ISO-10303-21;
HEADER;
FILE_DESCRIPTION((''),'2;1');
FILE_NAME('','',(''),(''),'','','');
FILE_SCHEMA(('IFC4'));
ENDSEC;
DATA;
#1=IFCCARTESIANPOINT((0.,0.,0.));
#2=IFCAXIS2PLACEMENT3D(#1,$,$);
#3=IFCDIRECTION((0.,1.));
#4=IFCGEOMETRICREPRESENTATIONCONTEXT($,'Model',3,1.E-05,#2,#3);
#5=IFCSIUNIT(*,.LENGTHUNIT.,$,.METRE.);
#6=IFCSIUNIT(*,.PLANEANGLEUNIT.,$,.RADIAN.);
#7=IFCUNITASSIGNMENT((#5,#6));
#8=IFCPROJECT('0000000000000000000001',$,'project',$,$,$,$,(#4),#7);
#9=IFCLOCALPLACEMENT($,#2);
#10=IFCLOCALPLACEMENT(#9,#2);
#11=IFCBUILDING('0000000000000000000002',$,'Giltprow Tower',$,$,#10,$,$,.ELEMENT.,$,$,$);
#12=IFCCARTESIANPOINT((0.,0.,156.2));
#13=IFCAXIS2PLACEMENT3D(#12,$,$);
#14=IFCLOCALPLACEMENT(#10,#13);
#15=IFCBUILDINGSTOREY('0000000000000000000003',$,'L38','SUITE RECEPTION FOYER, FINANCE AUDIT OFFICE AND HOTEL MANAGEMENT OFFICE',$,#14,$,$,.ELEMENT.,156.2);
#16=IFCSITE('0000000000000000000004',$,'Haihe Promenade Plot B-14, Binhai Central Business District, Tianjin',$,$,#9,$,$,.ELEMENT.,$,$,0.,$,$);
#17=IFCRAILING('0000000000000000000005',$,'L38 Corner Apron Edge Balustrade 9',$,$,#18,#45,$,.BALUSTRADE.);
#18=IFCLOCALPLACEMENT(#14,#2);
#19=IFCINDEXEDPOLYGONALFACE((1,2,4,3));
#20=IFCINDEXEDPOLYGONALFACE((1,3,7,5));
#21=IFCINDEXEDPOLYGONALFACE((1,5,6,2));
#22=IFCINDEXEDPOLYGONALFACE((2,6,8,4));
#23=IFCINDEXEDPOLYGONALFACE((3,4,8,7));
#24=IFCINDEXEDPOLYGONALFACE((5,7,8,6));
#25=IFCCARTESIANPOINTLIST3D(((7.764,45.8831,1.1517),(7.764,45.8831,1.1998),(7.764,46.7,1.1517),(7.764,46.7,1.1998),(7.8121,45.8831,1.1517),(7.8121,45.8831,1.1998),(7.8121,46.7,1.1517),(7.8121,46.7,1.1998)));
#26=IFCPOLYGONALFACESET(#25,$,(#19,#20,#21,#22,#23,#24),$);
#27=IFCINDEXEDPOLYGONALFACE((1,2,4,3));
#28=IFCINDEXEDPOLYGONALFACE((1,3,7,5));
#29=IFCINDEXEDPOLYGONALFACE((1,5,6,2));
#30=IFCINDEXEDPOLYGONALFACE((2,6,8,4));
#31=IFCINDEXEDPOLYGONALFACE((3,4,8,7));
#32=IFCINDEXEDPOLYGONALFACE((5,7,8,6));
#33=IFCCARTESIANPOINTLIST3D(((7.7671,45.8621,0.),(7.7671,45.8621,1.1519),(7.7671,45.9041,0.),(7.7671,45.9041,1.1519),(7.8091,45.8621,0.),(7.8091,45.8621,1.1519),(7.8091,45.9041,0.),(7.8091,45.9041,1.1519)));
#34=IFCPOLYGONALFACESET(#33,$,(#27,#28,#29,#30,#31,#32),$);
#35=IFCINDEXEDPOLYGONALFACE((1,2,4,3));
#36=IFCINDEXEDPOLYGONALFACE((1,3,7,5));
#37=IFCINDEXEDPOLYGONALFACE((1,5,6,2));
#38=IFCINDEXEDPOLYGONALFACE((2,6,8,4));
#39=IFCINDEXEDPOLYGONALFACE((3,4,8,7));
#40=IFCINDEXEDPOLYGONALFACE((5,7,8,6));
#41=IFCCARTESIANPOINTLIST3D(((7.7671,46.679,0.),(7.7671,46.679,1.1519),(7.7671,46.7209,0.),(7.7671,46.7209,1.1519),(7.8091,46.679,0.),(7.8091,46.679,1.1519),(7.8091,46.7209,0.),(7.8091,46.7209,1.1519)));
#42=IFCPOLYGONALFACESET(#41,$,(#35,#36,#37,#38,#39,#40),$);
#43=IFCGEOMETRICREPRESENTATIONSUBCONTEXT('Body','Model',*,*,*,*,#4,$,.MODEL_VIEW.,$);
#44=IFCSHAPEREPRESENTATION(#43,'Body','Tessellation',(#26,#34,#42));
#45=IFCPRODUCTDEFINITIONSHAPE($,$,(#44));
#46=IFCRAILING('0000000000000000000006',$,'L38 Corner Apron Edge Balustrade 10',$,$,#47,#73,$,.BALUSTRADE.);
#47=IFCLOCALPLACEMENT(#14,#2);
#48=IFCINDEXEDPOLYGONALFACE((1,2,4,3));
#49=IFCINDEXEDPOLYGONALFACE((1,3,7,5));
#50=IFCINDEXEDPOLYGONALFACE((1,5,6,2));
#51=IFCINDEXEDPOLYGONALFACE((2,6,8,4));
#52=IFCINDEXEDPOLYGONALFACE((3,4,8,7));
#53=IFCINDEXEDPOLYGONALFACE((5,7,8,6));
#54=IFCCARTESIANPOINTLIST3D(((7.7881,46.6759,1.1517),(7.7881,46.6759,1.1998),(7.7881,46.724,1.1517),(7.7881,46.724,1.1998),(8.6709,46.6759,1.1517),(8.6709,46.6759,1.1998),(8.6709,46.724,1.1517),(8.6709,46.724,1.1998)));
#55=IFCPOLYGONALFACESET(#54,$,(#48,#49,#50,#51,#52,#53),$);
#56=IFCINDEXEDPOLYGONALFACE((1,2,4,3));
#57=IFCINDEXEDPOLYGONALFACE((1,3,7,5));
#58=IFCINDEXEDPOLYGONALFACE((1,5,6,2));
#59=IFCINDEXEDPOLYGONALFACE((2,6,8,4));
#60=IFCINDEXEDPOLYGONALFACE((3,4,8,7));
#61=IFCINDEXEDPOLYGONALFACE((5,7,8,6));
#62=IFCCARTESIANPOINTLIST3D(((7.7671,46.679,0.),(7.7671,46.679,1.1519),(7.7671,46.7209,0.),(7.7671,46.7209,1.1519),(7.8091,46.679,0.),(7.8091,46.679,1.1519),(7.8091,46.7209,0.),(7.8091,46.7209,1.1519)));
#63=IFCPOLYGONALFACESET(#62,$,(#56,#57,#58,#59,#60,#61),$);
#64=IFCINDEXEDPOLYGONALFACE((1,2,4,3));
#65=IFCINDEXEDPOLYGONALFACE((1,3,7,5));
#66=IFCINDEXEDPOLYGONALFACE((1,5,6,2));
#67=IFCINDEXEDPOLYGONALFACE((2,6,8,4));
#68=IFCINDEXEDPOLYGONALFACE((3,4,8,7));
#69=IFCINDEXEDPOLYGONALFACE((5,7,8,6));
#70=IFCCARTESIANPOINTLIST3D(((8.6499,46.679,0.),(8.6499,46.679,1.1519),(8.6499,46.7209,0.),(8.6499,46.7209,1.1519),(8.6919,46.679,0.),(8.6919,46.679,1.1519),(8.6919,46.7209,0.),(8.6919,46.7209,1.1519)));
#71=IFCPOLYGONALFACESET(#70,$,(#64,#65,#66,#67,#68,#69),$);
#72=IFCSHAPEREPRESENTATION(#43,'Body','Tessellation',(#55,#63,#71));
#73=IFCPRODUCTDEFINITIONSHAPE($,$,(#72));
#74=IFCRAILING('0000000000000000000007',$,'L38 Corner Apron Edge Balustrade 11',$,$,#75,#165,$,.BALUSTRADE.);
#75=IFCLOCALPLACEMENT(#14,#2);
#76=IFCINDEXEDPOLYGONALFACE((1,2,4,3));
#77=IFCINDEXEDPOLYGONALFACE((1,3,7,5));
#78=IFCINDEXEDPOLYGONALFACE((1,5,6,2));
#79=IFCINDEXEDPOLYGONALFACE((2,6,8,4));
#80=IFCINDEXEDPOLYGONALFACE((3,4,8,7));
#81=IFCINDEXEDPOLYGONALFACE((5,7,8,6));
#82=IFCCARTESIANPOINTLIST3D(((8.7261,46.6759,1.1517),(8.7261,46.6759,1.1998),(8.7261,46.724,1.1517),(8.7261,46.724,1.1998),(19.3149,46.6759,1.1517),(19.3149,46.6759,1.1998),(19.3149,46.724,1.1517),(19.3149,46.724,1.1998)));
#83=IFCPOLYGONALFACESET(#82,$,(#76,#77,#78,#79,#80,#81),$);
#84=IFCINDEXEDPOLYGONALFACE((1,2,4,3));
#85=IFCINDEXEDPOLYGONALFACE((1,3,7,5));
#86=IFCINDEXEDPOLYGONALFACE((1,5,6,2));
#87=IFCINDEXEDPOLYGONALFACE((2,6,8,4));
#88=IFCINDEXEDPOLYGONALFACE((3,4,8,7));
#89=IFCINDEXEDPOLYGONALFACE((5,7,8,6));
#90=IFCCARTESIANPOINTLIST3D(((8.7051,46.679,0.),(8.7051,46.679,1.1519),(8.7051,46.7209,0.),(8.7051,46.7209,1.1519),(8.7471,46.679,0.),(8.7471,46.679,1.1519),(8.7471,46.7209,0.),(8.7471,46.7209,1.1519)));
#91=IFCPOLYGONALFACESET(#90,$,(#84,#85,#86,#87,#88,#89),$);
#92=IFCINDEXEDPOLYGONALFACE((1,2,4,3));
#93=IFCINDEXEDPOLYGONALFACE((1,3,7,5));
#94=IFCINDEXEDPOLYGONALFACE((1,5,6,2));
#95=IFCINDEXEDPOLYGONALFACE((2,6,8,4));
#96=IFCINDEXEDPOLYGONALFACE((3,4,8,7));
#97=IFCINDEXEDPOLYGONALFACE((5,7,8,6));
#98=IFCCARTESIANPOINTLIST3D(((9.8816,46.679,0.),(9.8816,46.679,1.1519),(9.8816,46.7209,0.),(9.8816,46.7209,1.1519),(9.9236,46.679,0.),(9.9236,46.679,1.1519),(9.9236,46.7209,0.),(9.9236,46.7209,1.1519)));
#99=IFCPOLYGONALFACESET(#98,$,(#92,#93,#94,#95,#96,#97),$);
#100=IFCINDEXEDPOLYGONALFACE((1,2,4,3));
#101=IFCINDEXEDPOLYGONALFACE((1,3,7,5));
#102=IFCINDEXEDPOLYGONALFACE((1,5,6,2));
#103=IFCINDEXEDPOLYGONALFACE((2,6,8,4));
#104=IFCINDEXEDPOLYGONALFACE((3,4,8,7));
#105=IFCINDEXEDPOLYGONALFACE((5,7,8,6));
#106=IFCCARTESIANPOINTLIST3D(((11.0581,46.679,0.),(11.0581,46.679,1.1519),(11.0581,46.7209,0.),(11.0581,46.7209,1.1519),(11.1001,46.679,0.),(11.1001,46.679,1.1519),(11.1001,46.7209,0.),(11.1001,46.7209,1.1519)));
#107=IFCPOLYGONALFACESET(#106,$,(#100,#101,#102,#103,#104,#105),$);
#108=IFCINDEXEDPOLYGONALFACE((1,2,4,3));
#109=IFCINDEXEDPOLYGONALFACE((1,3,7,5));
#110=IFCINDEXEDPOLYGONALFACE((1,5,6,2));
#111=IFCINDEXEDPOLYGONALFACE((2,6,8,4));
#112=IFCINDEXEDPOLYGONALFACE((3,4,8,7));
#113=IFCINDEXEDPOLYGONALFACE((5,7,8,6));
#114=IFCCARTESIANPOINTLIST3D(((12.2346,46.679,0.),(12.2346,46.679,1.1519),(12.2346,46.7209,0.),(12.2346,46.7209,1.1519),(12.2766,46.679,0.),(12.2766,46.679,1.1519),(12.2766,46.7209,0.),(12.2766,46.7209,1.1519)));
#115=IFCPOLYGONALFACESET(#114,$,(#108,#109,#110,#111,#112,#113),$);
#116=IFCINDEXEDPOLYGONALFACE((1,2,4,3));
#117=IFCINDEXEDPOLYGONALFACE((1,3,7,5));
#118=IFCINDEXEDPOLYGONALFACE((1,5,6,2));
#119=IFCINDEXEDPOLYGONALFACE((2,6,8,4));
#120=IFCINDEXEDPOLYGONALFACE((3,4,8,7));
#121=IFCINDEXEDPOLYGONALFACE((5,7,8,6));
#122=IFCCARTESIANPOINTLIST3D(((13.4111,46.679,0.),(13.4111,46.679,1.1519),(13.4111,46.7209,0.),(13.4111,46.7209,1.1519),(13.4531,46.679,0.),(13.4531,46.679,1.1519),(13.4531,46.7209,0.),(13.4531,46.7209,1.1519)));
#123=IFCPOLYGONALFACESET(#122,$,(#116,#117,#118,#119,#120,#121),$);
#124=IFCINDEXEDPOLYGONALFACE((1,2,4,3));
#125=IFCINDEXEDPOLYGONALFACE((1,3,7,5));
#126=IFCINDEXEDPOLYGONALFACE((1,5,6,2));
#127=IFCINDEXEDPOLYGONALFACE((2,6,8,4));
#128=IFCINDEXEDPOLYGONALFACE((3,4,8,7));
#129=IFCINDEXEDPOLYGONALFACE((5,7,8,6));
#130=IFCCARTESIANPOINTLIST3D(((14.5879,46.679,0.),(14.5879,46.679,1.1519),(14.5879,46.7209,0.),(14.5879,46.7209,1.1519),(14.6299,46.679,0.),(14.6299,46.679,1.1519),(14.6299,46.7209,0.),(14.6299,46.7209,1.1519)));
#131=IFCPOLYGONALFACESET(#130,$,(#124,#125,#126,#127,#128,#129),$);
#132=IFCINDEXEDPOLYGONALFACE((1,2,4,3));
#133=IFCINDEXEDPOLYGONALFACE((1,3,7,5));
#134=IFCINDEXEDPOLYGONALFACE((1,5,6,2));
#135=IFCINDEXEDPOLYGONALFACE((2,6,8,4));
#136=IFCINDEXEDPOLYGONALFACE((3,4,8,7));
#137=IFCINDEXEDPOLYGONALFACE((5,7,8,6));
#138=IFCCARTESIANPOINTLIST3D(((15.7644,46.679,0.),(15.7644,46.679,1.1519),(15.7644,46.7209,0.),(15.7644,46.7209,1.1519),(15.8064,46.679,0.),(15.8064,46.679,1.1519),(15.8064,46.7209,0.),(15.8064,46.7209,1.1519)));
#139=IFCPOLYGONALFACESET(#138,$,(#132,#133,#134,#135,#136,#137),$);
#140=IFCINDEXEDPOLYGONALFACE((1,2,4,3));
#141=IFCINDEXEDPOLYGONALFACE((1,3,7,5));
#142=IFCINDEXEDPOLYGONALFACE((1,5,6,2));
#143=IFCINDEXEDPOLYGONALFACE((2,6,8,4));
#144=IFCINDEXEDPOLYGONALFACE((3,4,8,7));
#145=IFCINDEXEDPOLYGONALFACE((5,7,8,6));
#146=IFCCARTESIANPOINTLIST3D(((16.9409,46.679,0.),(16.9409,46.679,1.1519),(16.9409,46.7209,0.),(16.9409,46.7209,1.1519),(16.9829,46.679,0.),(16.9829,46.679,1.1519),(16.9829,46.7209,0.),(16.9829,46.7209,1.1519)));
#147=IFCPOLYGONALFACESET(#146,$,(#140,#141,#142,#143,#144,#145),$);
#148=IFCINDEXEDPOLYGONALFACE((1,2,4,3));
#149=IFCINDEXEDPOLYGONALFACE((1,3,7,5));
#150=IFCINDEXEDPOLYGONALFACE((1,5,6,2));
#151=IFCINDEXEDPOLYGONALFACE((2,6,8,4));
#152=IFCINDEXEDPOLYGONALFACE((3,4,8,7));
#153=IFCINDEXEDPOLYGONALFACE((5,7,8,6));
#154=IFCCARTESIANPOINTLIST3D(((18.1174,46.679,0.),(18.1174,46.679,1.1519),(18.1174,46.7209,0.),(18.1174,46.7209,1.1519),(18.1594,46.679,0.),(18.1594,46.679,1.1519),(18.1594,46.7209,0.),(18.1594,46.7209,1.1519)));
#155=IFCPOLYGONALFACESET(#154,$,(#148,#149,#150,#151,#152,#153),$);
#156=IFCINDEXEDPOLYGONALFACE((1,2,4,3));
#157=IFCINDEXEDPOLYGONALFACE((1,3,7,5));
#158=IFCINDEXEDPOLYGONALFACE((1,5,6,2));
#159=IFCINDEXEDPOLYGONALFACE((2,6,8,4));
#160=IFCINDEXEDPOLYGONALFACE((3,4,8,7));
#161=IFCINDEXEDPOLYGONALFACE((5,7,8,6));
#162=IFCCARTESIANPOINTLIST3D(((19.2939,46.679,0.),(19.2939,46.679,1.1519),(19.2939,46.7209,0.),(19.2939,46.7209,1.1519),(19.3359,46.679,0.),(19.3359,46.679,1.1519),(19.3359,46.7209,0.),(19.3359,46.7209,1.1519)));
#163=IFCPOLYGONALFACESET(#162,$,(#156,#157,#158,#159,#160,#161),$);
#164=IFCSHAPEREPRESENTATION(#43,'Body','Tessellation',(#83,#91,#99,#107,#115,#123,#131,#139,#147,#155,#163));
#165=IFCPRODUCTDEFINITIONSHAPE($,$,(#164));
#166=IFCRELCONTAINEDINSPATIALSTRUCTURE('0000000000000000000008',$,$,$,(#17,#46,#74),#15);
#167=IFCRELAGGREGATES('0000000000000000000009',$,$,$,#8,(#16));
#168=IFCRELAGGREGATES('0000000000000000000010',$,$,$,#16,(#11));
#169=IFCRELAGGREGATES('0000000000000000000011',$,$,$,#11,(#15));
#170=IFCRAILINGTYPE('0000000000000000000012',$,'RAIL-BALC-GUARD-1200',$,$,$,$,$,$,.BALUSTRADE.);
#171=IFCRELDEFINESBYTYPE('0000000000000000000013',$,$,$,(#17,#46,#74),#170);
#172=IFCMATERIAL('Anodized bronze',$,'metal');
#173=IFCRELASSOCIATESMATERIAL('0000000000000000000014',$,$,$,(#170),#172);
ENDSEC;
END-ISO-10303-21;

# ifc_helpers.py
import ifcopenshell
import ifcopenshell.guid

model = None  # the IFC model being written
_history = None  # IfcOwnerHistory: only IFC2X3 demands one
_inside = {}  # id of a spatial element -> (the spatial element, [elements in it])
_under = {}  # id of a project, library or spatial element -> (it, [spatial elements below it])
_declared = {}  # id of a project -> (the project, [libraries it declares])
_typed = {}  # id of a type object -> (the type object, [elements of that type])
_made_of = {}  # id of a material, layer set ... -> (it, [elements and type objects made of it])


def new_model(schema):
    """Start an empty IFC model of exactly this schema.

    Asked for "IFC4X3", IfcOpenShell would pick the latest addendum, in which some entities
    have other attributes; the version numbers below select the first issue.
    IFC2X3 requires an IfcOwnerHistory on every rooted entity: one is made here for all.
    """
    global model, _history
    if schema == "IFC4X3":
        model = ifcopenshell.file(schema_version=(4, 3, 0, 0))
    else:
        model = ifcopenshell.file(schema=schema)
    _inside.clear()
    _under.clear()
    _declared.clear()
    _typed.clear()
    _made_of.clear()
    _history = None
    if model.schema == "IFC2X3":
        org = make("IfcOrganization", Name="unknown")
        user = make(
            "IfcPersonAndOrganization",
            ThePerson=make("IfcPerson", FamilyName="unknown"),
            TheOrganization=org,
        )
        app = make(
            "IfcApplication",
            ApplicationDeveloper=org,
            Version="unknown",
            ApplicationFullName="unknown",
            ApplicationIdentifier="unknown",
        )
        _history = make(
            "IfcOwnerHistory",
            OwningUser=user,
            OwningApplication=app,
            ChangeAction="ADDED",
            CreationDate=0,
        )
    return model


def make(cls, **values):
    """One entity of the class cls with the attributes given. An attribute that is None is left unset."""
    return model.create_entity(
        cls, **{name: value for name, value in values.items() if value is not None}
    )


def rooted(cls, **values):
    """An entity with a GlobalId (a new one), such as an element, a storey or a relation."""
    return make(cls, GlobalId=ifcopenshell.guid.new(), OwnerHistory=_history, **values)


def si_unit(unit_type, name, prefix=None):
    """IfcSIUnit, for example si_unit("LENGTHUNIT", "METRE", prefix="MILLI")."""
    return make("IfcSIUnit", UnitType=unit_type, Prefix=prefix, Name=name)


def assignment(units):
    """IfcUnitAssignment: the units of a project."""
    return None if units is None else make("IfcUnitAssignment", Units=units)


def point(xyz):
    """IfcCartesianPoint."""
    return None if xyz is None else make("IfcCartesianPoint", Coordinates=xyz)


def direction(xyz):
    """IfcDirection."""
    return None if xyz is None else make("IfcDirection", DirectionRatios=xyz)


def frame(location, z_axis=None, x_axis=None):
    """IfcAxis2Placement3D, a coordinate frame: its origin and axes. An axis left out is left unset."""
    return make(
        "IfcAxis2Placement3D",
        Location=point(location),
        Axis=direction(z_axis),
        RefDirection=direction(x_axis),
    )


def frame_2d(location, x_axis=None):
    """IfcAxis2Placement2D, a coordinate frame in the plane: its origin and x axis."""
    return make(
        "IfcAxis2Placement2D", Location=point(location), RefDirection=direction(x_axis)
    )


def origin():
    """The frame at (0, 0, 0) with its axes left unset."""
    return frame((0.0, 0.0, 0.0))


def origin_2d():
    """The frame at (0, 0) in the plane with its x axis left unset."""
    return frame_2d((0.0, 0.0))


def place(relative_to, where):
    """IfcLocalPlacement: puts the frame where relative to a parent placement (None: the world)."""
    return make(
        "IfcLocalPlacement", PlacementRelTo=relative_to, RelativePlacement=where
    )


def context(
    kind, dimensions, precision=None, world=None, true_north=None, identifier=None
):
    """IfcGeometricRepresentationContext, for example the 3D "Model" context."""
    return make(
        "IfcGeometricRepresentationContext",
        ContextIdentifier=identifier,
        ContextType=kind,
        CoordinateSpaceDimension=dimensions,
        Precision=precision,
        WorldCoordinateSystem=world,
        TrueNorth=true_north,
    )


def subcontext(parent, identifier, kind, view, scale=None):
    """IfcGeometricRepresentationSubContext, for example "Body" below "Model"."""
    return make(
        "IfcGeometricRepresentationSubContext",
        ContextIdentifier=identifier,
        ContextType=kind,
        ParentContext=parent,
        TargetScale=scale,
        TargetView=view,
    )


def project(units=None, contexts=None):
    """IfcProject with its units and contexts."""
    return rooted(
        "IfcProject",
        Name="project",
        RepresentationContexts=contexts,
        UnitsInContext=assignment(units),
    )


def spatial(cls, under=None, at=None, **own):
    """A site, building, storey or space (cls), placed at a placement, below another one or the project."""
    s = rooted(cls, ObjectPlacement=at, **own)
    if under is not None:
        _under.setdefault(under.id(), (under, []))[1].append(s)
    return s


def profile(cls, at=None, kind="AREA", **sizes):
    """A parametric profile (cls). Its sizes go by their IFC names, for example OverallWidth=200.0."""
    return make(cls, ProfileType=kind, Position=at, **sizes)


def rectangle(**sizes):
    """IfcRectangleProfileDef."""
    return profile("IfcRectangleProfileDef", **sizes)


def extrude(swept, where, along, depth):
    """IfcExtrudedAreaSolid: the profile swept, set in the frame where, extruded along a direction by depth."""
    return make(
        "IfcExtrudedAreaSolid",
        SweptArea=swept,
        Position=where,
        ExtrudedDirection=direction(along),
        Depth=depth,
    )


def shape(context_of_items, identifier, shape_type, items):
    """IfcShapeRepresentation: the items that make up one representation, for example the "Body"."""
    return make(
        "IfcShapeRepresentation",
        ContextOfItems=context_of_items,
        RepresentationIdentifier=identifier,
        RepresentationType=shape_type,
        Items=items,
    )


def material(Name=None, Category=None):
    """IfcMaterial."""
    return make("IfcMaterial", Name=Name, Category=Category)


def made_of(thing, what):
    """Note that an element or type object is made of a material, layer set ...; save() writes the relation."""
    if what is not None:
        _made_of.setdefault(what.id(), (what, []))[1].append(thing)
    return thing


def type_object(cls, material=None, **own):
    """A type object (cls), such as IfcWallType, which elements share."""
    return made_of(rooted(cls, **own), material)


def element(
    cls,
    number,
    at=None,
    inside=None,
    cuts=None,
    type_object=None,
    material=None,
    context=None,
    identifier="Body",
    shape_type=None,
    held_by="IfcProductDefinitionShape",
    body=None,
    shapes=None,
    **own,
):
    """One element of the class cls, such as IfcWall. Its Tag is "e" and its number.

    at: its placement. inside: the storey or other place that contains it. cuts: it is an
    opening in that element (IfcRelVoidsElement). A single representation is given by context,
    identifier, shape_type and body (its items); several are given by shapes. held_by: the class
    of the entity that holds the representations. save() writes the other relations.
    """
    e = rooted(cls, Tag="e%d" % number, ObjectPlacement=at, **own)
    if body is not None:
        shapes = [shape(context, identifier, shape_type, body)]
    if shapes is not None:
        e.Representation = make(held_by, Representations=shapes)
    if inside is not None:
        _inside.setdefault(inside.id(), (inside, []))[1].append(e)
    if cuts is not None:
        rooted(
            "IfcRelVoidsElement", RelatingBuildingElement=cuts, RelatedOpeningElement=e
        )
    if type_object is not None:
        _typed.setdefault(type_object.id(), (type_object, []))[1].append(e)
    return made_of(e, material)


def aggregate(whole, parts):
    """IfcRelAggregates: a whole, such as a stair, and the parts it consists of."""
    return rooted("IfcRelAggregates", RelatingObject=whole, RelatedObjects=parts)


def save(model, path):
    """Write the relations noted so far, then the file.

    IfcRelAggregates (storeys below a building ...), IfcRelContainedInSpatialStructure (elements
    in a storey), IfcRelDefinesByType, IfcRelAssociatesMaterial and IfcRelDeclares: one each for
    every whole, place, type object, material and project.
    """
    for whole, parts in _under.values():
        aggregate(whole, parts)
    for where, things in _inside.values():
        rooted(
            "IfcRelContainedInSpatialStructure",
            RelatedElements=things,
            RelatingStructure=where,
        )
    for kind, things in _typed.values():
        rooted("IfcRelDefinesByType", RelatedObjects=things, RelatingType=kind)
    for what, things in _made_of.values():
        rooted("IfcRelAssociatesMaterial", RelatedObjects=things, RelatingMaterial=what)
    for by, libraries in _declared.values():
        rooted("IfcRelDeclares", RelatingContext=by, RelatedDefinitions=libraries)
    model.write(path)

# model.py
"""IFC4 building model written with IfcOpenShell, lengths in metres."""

from ifc_helpers import new_model, si_unit, direction, frame, origin, origin_2d, place, context, subcontext, project, spatial, rectangle, extrude, material, type_object, element, save


model = new_model("IFC4")

# Units and contexts
model_context = context("Model", 3, precision=1e-05, world=origin(), true_north=direction((0.0, 1.0)))
body_context = subcontext(model_context, "Body", "Model", "MODEL_VIEW")
ifc_project = project(units=[si_unit("LENGTHUNIT", "METRE"), si_unit("PLANEANGLEUNIT", "RADIAN")], contexts=[model_context])

# Site, building, storey
site_placement = place(None, origin())
site = spatial("IfcSite", under=ifc_project, at=site_placement, Name="Haihe Promenade Plot B-14, Binhai Central Business District, Tianjin", CompositionType="ELEMENT", RefElevation=0.0)
building_placement = place(site_placement, origin())
building = spatial("IfcBuilding", under=site, at=building_placement, Name="Giltprow Tower", CompositionType="ELEMENT")
storey_placement = place(building_placement, frame((0.0, 0.0, 156.2)))
storey = spatial("IfcBuildingStorey", under=building, at=storey_placement, Name="L38", Description="SUITE RECEPTION FOYER, FINANCE AUDIT OFFICE AND HOTEL MANAGEMENT OFFICE", CompositionType="ELEMENT", Elevation=156.2)

# Railings
ifc_material_1 = material(Name="Anodized bronze", Category="metal")
railing_type = type_object("IfcRailingType", Name="RAIL-BALC-GUARD-1200", PredefinedType="BALUSTRADE", material=ifc_material_1)
railing_1_placement = place(storey_placement, frame((7.7881, 45.8831, 0.0)))
element("IfcRailing", 1, at=railing_1_placement, inside=storey, type_object=railing_type, Name="L38 Corner Apron Edge Balustrade 9", PredefinedType="BALUSTRADE", context=body_context, shape_type="SweptSolid", body=[
    extrude(rectangle(XDim=0.0481, YDim=0.0481, at=origin_2d()), frame((0.0, 0.0, 1.1758), z_axis=(0.0, 1.0, 0.0), x_axis=(-1.0, 0.0, 0.0)), (0.0, 0.0, 1.0), 0.8169),
    extrude(rectangle(XDim=0.042, YDim=0.042, at=origin_2d()), origin(), (0.0, 0.0, 1.0), 1.1519),
    extrude(rectangle(XDim=0.042, YDim=0.042, at=origin_2d()), frame((0.0, 0.8169, 0.0)), (0.0, 0.0, 1.0), 1.1519),
])
railing_2_placement = place(storey_placement, frame((7.7881, 46.7, 0.0)))
element("IfcRailing", 2, at=railing_2_placement, inside=storey, type_object=railing_type, Name="L38 Corner Apron Edge Balustrade 10", PredefinedType="BALUSTRADE", context=body_context, shape_type="SweptSolid", body=[
    extrude(rectangle(XDim=0.0481, YDim=0.0481, at=origin_2d()), frame((0.0, 0.0, 1.1758), z_axis=(1.0, 0.0, 0.0), x_axis=(0.0, 1.0, 0.0)), (0.0, 0.0, 1.0), 0.8828),
    extrude(rectangle(XDim=0.042, YDim=0.042, at=origin_2d()), origin(), (0.0, 0.0, 1.0), 1.1519),
    extrude(rectangle(XDim=0.042, YDim=0.042, at=origin_2d()), frame((0.8828, 0.0, 0.0)), (0.0, 0.0, 1.0), 1.1519),
])
railing_3_placement = place(storey_placement, frame((8.7261, 46.7, 0.0)))
element("IfcRailing", 3, at=railing_3_placement, inside=storey, type_object=railing_type, Name="L38 Corner Apron Edge Balustrade 11", PredefinedType="BALUSTRADE", context=body_context, shape_type="SweptSolid", body=[
    extrude(rectangle(XDim=0.0481, YDim=0.0481, at=origin_2d()), frame((0.0, 0.0, 1.1758), z_axis=(1.0, 0.0, 0.0), x_axis=(0.0, 1.0, 0.0)), (0.0, 0.0, 1.0), 10.5889),
    extrude(rectangle(XDim=0.042, YDim=0.042, at=origin_2d()), origin(), (0.0, 0.0, 1.0), 1.1519),
    extrude(rectangle(XDim=0.042, YDim=0.042, at=origin_2d()), frame((1.1765, 0.0, 0.0)), (0.0, 0.0, 1.0), 1.1519),
    extrude(rectangle(XDim=0.042, YDim=0.042, at=origin_2d()), frame((2.353, 0.0, 0.0)), (0.0, 0.0, 1.0), 1.1519),
    extrude(rectangle(XDim=0.042, YDim=0.042, at=origin_2d()), frame((3.5295, 0.0, 0.0)), (0.0, 0.0, 1.0), 1.1519),
    extrude(rectangle(XDim=0.042, YDim=0.042, at=origin_2d()), frame((4.7061, 0.0, 0.0)), (0.0, 0.0, 1.0), 1.1519),
    extrude(rectangle(XDim=0.042, YDim=0.042, at=origin_2d()), frame((5.8828, 0.0, 0.0)), (0.0, 0.0, 1.0), 1.1519),
    extrude(rectangle(XDim=0.042, YDim=0.042, at=origin_2d()), frame((7.0593, 0.0, 0.0)), (0.0, 0.0, 1.0), 1.1519),
    extrude(rectangle(XDim=0.042, YDim=0.042, at=origin_2d()), frame((8.2358, 0.0, 0.0)), (0.0, 0.0, 1.0), 1.1519),
    extrude(rectangle(XDim=0.042, YDim=0.042, at=origin_2d()), frame((9.4124, 0.0, 0.0)), (0.0, 0.0, 1.0), 1.1519),
    extrude(rectangle(XDim=0.042, YDim=0.042, at=origin_2d()), frame((10.5889, 0.0, 0.0)), (0.0, 0.0, 1.0), 1.1519),
])

save(model, "model.ifc")
